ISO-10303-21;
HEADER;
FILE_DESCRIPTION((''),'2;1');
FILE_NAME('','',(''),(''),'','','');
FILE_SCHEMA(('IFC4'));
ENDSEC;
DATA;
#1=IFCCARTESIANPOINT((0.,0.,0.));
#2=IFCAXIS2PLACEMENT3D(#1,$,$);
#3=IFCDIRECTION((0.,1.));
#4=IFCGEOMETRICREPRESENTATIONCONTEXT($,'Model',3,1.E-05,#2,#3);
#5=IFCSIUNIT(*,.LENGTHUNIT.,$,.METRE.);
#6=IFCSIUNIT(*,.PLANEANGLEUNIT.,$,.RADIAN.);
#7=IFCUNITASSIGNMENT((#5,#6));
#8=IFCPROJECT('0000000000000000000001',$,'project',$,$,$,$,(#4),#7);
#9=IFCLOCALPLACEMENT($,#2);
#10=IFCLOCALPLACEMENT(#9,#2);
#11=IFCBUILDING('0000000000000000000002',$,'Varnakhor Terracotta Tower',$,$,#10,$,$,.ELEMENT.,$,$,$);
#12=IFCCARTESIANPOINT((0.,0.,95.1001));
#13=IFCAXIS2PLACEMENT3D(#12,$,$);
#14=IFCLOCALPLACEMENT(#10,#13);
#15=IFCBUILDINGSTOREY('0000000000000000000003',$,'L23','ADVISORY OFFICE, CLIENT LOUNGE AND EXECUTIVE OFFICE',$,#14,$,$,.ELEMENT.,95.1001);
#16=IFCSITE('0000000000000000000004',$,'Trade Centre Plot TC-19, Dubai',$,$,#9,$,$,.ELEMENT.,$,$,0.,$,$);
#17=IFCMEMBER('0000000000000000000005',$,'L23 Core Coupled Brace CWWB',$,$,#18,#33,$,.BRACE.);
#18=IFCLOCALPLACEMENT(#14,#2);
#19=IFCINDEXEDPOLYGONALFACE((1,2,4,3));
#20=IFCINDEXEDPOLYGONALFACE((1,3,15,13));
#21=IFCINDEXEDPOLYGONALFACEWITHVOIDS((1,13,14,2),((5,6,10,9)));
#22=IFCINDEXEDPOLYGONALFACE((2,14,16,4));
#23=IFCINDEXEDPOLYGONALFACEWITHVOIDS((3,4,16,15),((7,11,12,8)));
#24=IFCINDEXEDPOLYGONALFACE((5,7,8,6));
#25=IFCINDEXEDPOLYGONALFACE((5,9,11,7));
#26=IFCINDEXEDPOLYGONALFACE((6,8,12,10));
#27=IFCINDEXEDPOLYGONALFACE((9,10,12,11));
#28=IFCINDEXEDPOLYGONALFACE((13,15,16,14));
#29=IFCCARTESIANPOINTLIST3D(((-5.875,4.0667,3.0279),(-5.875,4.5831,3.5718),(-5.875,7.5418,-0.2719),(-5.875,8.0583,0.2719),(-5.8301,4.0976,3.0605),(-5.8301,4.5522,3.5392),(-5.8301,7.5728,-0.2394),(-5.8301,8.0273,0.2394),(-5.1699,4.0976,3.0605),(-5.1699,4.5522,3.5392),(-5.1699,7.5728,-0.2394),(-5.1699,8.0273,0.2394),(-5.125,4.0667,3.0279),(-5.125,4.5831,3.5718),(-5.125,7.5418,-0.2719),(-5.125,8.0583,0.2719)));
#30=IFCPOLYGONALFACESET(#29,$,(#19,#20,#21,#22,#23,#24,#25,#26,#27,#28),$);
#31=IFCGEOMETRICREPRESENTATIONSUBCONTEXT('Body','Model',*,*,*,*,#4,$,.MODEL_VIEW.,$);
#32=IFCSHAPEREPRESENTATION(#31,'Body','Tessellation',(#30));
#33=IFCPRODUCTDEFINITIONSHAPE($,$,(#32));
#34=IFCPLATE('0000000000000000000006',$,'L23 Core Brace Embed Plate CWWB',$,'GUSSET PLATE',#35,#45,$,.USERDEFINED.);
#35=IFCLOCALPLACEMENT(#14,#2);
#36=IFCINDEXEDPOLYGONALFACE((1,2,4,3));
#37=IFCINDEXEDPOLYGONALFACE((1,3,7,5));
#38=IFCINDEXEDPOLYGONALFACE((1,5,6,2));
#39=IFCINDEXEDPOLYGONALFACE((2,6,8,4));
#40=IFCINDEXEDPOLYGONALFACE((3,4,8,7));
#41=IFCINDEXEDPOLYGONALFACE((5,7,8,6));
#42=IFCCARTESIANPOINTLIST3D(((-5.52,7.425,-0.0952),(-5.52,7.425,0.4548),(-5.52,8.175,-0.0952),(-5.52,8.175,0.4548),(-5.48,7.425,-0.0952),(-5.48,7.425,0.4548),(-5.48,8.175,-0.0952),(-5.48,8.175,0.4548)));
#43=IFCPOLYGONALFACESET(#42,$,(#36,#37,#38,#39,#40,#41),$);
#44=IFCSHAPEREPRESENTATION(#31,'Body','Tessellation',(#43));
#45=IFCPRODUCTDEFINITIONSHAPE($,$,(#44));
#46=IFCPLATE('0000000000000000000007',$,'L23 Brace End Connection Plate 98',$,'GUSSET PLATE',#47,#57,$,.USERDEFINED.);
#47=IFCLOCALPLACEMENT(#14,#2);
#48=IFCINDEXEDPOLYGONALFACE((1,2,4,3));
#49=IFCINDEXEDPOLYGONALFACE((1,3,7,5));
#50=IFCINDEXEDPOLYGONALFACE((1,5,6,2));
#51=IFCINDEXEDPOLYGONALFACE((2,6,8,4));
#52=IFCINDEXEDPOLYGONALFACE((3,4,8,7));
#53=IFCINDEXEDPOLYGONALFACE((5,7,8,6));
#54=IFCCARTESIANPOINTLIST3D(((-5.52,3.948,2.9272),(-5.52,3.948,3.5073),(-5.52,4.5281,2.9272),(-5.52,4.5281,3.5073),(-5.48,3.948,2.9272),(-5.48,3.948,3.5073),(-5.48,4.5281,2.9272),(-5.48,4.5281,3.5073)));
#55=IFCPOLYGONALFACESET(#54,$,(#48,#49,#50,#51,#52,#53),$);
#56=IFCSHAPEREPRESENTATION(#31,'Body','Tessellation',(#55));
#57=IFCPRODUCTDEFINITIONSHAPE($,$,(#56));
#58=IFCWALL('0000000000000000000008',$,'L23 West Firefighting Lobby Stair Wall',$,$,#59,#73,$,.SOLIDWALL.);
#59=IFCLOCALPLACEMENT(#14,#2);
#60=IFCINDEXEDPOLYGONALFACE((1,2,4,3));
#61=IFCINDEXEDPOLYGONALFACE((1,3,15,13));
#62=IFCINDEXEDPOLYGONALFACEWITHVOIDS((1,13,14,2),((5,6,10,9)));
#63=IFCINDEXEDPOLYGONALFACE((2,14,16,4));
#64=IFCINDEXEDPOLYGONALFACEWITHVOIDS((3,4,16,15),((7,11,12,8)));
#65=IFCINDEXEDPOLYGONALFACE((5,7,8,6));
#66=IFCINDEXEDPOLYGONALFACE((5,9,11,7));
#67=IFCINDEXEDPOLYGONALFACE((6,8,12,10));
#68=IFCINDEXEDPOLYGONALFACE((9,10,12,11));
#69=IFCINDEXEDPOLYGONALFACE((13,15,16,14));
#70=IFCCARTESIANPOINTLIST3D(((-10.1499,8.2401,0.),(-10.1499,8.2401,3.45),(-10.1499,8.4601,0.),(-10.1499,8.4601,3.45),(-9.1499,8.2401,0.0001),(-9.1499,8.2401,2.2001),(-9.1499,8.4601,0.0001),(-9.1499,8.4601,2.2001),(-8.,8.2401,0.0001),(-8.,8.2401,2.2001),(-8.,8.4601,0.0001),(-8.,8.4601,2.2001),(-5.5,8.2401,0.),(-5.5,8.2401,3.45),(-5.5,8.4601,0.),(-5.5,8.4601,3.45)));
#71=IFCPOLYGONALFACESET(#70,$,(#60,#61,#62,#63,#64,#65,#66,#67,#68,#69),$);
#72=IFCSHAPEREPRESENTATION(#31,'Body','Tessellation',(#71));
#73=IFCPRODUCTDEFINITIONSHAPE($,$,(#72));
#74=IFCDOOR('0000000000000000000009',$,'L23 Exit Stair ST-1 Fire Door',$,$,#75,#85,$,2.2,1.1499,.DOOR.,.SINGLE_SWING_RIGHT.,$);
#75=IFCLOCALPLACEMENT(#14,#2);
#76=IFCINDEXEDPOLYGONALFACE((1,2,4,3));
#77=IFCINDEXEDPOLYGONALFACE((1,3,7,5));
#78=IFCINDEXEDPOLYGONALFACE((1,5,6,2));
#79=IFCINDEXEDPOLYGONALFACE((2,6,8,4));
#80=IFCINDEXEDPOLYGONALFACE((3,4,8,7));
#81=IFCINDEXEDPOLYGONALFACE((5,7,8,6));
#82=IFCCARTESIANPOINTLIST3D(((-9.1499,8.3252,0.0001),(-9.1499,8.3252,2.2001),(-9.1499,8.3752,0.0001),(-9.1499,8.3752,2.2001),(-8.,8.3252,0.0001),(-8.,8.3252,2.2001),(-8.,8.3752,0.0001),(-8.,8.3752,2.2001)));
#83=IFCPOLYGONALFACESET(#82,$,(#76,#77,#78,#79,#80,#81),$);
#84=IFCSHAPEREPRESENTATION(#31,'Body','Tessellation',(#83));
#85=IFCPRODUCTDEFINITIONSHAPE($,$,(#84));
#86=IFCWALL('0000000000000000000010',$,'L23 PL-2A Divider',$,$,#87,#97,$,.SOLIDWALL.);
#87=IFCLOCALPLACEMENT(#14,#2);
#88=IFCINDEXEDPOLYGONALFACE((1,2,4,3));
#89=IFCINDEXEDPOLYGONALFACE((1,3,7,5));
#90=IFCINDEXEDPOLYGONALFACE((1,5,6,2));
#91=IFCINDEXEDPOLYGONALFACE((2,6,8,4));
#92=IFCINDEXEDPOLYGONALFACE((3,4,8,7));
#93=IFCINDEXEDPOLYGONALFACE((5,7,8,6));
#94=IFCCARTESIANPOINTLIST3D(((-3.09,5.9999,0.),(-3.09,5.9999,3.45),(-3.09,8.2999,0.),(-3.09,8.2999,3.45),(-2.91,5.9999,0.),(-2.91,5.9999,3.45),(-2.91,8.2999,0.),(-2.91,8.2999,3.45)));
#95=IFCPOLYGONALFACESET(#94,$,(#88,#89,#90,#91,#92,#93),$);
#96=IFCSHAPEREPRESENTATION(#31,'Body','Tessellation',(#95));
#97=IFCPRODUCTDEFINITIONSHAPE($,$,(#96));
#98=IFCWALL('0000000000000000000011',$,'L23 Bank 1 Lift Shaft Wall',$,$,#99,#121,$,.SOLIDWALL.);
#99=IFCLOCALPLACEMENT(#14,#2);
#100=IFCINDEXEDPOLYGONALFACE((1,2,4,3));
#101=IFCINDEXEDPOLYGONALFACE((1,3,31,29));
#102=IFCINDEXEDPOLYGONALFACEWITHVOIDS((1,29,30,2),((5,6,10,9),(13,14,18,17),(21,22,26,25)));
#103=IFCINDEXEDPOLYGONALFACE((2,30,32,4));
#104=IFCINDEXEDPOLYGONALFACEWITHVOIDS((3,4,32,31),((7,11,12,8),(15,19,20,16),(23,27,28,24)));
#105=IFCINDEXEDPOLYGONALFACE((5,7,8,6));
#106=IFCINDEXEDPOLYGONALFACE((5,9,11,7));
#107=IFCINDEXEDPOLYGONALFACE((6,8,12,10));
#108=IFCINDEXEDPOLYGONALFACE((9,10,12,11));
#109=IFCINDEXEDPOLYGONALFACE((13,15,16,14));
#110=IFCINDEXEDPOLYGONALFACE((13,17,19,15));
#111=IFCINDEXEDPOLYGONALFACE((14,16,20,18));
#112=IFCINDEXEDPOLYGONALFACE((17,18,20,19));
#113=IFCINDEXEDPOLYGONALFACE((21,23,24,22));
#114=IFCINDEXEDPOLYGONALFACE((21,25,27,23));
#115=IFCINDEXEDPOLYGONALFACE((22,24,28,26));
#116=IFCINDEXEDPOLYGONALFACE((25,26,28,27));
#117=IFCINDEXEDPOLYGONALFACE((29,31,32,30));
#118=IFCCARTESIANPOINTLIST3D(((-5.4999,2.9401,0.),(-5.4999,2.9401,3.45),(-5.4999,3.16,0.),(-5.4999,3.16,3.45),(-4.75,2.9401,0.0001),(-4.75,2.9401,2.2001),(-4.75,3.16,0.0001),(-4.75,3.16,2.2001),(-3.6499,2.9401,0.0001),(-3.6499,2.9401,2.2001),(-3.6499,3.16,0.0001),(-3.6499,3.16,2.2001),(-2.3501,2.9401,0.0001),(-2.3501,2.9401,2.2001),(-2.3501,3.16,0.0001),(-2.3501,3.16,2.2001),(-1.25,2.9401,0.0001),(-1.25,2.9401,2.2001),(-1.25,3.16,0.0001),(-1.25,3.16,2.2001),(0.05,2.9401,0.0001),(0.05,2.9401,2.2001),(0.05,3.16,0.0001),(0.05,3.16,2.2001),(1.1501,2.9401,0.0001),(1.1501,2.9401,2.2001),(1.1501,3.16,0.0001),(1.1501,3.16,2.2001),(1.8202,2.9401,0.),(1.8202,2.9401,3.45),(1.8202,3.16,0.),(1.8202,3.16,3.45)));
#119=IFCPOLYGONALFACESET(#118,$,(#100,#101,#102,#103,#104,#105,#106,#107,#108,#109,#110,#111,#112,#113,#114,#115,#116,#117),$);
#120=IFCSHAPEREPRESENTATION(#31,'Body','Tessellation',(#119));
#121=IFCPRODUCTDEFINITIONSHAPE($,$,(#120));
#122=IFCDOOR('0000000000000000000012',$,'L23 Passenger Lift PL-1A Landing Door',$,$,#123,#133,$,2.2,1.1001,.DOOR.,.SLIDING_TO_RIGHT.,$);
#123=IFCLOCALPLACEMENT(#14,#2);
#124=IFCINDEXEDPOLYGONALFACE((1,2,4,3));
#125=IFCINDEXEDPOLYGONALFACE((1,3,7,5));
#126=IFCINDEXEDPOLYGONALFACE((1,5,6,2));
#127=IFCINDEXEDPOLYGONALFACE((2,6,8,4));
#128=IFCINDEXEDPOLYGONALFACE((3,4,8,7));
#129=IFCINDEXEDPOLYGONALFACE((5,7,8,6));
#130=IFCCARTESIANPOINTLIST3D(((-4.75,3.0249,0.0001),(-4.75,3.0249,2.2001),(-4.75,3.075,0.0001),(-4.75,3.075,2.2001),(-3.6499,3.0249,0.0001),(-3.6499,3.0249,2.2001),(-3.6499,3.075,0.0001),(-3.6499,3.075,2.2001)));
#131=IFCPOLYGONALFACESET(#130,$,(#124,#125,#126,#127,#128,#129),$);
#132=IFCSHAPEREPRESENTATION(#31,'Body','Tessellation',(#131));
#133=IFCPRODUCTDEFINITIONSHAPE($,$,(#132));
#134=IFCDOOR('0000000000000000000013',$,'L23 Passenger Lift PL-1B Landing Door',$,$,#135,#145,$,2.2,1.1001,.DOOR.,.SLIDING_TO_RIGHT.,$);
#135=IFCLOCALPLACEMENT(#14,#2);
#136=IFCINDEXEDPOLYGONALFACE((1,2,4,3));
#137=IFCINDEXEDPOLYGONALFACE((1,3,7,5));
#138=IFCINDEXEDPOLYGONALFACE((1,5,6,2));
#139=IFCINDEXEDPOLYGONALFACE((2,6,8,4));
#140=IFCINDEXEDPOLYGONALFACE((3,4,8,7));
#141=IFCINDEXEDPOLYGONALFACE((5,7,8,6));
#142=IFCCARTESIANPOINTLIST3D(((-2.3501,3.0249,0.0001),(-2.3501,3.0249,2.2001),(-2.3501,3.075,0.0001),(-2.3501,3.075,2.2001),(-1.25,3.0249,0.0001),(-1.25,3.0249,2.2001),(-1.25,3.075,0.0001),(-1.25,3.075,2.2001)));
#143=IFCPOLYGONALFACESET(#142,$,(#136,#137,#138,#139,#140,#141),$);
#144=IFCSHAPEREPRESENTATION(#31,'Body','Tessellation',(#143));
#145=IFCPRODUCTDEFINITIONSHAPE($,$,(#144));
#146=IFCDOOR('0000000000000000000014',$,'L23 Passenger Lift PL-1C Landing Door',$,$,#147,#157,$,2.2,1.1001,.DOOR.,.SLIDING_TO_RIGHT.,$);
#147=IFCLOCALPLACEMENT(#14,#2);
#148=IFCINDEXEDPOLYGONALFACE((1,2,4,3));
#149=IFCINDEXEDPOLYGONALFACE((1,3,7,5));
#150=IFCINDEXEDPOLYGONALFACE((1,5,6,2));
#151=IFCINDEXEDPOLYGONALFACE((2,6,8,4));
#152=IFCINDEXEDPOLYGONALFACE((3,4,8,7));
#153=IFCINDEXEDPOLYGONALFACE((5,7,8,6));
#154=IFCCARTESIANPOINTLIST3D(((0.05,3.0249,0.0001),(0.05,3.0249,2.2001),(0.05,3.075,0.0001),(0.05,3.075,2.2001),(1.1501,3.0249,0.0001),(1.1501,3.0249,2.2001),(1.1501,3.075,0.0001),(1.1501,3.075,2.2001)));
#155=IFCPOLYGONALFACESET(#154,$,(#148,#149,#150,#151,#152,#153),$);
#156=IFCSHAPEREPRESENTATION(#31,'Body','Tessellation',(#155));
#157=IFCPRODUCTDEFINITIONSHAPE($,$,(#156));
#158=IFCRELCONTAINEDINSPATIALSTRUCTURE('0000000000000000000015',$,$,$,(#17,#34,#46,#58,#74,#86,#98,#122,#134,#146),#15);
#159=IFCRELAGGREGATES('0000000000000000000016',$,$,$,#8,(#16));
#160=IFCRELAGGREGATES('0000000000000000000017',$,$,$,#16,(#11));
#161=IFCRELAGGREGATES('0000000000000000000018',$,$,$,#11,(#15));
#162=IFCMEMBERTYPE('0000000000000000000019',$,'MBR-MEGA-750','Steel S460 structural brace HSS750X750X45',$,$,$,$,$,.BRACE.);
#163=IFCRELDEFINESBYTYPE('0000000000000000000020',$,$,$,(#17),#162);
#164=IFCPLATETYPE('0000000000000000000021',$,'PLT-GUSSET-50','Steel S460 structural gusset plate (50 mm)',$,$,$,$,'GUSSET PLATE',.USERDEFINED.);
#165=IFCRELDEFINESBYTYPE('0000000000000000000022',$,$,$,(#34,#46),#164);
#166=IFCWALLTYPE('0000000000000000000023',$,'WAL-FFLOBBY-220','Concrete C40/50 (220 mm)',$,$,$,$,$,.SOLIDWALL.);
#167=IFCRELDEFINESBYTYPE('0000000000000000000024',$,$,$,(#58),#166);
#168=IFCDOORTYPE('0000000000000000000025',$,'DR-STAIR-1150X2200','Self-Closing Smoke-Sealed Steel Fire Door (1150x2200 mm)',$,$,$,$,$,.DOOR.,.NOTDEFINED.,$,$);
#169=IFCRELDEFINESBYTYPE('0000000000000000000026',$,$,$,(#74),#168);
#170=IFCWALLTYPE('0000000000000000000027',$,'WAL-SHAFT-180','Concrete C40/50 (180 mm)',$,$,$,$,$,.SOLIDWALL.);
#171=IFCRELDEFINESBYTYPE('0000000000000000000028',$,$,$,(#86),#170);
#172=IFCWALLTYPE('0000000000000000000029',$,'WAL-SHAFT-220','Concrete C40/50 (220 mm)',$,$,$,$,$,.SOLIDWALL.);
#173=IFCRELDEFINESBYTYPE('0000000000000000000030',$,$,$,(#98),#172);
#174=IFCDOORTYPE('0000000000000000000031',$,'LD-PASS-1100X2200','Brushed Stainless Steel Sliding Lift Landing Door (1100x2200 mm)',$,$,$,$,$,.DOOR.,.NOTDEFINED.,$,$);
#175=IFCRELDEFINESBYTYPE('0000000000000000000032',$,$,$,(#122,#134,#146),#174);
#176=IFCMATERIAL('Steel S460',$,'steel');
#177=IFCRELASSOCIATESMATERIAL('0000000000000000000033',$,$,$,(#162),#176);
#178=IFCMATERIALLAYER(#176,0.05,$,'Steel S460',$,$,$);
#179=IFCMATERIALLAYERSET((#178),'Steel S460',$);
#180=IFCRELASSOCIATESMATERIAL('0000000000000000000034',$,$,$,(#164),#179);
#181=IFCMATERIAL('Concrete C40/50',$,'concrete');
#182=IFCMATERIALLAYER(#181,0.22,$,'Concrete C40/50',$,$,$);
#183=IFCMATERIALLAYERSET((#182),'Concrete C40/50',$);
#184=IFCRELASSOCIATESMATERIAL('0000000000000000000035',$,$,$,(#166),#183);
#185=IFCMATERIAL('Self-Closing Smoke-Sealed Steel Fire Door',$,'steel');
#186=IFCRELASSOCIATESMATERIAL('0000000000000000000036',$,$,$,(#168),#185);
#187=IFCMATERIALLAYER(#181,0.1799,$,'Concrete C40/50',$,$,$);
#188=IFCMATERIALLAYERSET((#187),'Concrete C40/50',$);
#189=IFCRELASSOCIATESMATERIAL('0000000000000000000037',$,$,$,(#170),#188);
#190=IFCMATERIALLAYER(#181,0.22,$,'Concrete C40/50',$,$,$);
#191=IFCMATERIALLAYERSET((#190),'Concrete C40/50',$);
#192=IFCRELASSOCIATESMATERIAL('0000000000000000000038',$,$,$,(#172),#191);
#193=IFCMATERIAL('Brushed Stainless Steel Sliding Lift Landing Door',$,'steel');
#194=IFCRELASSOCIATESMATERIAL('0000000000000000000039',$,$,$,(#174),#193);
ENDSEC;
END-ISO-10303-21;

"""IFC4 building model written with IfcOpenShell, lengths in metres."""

from ifc_helpers import new_model, si_unit, direction, frame, frame_2d, origin, origin_2d, place, context, subcontext, project, spatial, rectangle, hollow_rectangle, extrude, source, transform, mapped, material, layer, layer_set, material_profile, profile_set, type_object, type_shapes, element, fill, save


model = new_model("IFC4")

# Units and contexts
model_context = context("Model", 3, precision=1e-05, world=origin(), true_north=direction((0.0, 1.0)))
body_context = subcontext(model_context, "Body", "Model", "MODEL_VIEW")
ifc_project = project(units=[si_unit("LENGTHUNIT", "METRE"), si_unit("PLANEANGLEUNIT", "RADIAN")], contexts=[model_context])

# Site, building, storey
site_placement = place(None, origin())
site = spatial("IfcSite", under=ifc_project, at=site_placement, Name="Trade Centre Plot TC-19, Dubai", CompositionType="ELEMENT", RefElevation=0.0)
building_placement = place(site_placement, origin())
building = spatial("IfcBuilding", under=site, at=building_placement, Name="Varnakhor Terracotta Tower", CompositionType="ELEMENT")
storey_placement = place(building_placement, frame((0.0, 0.0, 95.1001)))
storey = spatial("IfcBuildingStorey", under=building, at=storey_placement, Name="L23", Description="ADVISORY OFFICE, CLIENT LOUNGE AND EXECUTIVE OFFICE", CompositionType="ELEMENT", Elevation=95.1001)

# Member
ifc_material_1 = material(Name="Steel S460", Category="steel")
ifc_material_profile = material_profile(ifc_material_1, hollow_rectangle(XDim=0.75, YDim=0.75, WallThickness=0.0449, at=origin_2d()), Name="HSS750X750X45")
ifc_profile_set = profile_set([ifc_material_profile], Name="Steel S460")
member_type = type_object("IfcMemberType", Name="MBR-MEGA-750", Description="Steel S460 structural brace HSS750X750X45", PredefinedType="BRACE", material=ifc_profile_set)
shared_shape_1 = source(origin(), body_context, "Body", "SweptSolid", [
    extrude(hollow_rectangle(XDim=0.75, YDim=0.75, WallThickness=0.0449, at=origin_2d()), origin(), (0.0, 0.0, 1.0), 4.7922),
])
member_placement = place(storey_placement, frame((-5.5, 7.8, 0.0), z_axis=(0.0, -0.72516, 0.688581), x_axis=(1.0, 0.0, 0.0)))
element("IfcMember", 1, at=member_placement, inside=storey, type_object=member_type, Name="L23 Core Coupled Brace CWWB", PredefinedType="BRACE", context=body_context, shape_type="MappedRepresentation", body=[
    mapped(shared_shape_1, transform((0.0, 0.0, 0.0), scale=1.0)),
])

# Plates
ifc_layer_1 = layer(ifc_material_1, 0.05, Name="Steel S460")
ifc_layer_set_1 = layer_set([ifc_layer_1], Name="Steel S460")
plate_type = type_object("IfcPlateType", Name="PLT-GUSSET-50", Description="Steel S460 structural gusset plate (50 mm)", ElementType="GUSSET PLATE", PredefinedType="USERDEFINED", material=ifc_layer_set_1)
shared_shape_2 = source(origin(), body_context, "Body", "SweptSolid", [
    extrude(rectangle(XDim=0.75, YDim=0.04, at=origin_2d()), origin(), (0.0, 0.0, 1.0), 0.55),
])
type_shapes(plate_type, [shared_shape_2])
plate_1_placement = place(storey_placement, frame((-5.5, 7.8, -0.0952), z_axis=(0.0, 0.0, 1.0), x_axis=(0.0, 1.0, 0.0)))
element("IfcPlate", 2, at=plate_1_placement, inside=storey, type_object=plate_type, Name="L23 Core Brace Embed Plate CWWB", ObjectType="GUSSET PLATE", PredefinedType="USERDEFINED", context=body_context, shape_type="MappedRepresentation", body=[
    mapped(shared_shape_2, transform((0.0, 0.0, 0.0), scale=1.0)),
])
shared_shape_3 = source(origin(), body_context, "Body", "SweptSolid", [
    extrude(rectangle(XDim=0.5801, YDim=0.04, at=origin_2d()), origin(), (0.0, 0.0, 1.0), 0.5801),
])
plate_2_placement = place(storey_placement, frame((-5.5, 4.238, 2.9272), z_axis=(0.0, 0.0, 1.0), x_axis=(0.0, 1.0, 0.0)))
element("IfcPlate", 3, at=plate_2_placement, inside=storey, type_object=plate_type, Name="L23 Brace End Connection Plate 98", ObjectType="GUSSET PLATE", PredefinedType="USERDEFINED", context=body_context, shape_type="MappedRepresentation", body=[
    mapped(shared_shape_3, transform((0.0, 0.0, 0.0), scale=1.0)),
])

# Wall, opening, door
ifc_material_2 = material(Name="Concrete C40/50", Category="concrete")
ifc_layer_2 = layer(ifc_material_2, 0.22, Name="Concrete C40/50")
ifc_layer_set_2 = layer_set([ifc_layer_2], Name="Concrete C40/50")
wall_type_1 = type_object("IfcWallType", Name="WAL-FFLOBBY-220", Description="Concrete C40/50 (220 mm)", PredefinedType="SOLIDWALL", material=ifc_layer_set_2)
wall_1_placement = place(storey_placement, frame((-5.5, 8.3501, 0.0), z_axis=(0.0, 0.0, 1.0), x_axis=(-1.0, 0.0, 0.0)))
wall_1 = element("IfcWall", 4, at=wall_1_placement, inside=storey, type_object=wall_type_1, Name="L23 West Firefighting Lobby Stair Wall", PredefinedType="SOLIDWALL", context=body_context, shape_type="SweptSolid", body=[
    extrude(rectangle(XDim=4.6499, YDim=0.22, at=frame_2d((2.325, 0.0))), origin(), (0.0, 0.0, 1.0), 3.45),
])
opening_1_placement = place(wall_1_placement, frame((2.5, 0.0, 0.0)))
opening_1 = element("IfcOpeningElement", 5, at=opening_1_placement, cuts=wall_1, PredefinedType="OPENING", context=body_context, shape_type="SweptSolid", body=[
    extrude(rectangle(XDim=1.1499, YDim=2.2, at=frame_2d((0.575, 1.1001))), frame((0.0, 0.1201, 0.0), z_axis=(0.0, -1.0, 0.0), x_axis=(1.0, 0.0, 0.0)), (0.0, 0.0, 1.0), 0.24),
])
ifc_material_3 = material(Name="Self-Closing Smoke-Sealed Steel Fire Door", Category="steel")
door_type_1 = type_object("IfcDoorType", Name="DR-STAIR-1150X2200", Description="Self-Closing Smoke-Sealed Steel Fire Door (1150x2200 mm)", OperationType="NOTDEFINED", PredefinedType="DOOR", material=ifc_material_3)
shared_shape_4 = source(origin(), body_context, "Body", "SweptSolid", [
    extrude(rectangle(XDim=1.1499, YDim=2.2, at=frame_2d((0.575, 1.1001))), frame((0.0, 0.0249, 0.0), z_axis=(0.0, -1.0, 0.0), x_axis=(1.0, 0.0, 0.0)), (0.0, 0.0, 1.0), 0.05),
])
type_shapes(door_type_1, [shared_shape_4])
door_1_placement = place(opening_1_placement, origin())
door_1 = element("IfcDoor", 6, at=door_1_placement, inside=storey, type_object=door_type_1, Name="L23 Exit Stair ST-1 Fire Door", OperationType="SINGLE_SWING_RIGHT", OverallHeight=2.2, OverallWidth=1.1499, PredefinedType="DOOR", context=body_context, shape_type="MappedRepresentation", body=[
    mapped(shared_shape_4, transform((0.0, 0.0, 0.0), scale=1.0)),
])
fill(opening_1, door_1)

# Wall
ifc_layer_3 = layer(ifc_material_2, 0.1799, Name="Concrete C40/50")
ifc_layer_set_3 = layer_set([ifc_layer_3], Name="Concrete C40/50")
wall_type_2 = type_object("IfcWallType", Name="WAL-SHAFT-180", Description="Concrete C40/50 (180 mm)", PredefinedType="SOLIDWALL", material=ifc_layer_set_3)
wall_2_placement = place(storey_placement, frame((-3.0, 6.0, 0.0), z_axis=(0.0, 0.0, 1.0), x_axis=(0.0, 1.0, 0.0)))
element("IfcWall", 7, at=wall_2_placement, inside=storey, type_object=wall_type_2, Name="L23 PL-2A Divider", PredefinedType="SOLIDWALL", context=body_context, shape_type="SweptSolid", body=[
    extrude(rectangle(XDim=2.3, YDim=0.1799, at=frame_2d((1.1499, 0.0))), origin(), (0.0, 0.0, 1.0), 3.45),
])

# Wall, openings, doors
ifc_layer_4 = layer(ifc_material_2, 0.22, Name="Concrete C40/50")
ifc_layer_set_4 = layer_set([ifc_layer_4], Name="Concrete C40/50")
wall_type_3 = type_object("IfcWallType", Name="WAL-SHAFT-220", Description="Concrete C40/50 (220 mm)", PredefinedType="SOLIDWALL", material=ifc_layer_set_4)
wall_3_placement = place(storey_placement, frame((-5.5, 3.05, 0.0), z_axis=(0.0, 0.0, 1.0), x_axis=(1.0, 0.0, 0.0)))
wall_3 = element("IfcWall", 8, at=wall_3_placement, inside=storey, type_object=wall_type_3, Name="L23 Bank 1 Lift Shaft Wall", PredefinedType="SOLIDWALL", context=body_context, shape_type="SweptSolid", body=[
    extrude(rectangle(XDim=7.3201, YDim=0.22, at=frame_2d((3.6602, 0.0))), origin(), (0.0, 0.0, 1.0), 3.45),
])
opening_2_placement = place(wall_3_placement, frame((0.75, 0.0, 0.0)))
opening_2 = element("IfcOpeningElement", 9, at=opening_2_placement, cuts=wall_3, PredefinedType="OPENING", context=body_context, shape_type="SweptSolid", body=[
    extrude(rectangle(XDim=1.1001, YDim=2.2, at=frame_2d((0.55, 1.1001))), frame((0.0, 0.1201, 0.0), z_axis=(0.0, -1.0, 0.0), x_axis=(1.0, 0.0, 0.0)), (0.0, 0.0, 1.0), 0.24),
])
opening_3_placement = place(wall_3_placement, frame((3.1499, 0.0, 0.0)))
opening_3 = element("IfcOpeningElement", 10, at=opening_3_placement, cuts=wall_3, PredefinedType="OPENING", context=body_context, shape_type="SweptSolid", body=[
    extrude(rectangle(XDim=1.1001, YDim=2.2, at=frame_2d((0.55, 1.1001))), frame((0.0, 0.1201, 0.0), z_axis=(0.0, -1.0, 0.0), x_axis=(1.0, 0.0, 0.0)), (0.0, 0.0, 1.0), 0.24),
])
opening_4_placement = place(wall_3_placement, frame((5.55, 0.0, 0.0)))
opening_4 = element("IfcOpeningElement", 11, at=opening_4_placement, cuts=wall_3, PredefinedType="OPENING", context=body_context, shape_type="SweptSolid", body=[
    extrude(rectangle(XDim=1.1001, YDim=2.2, at=frame_2d((0.55, 1.1001))), frame((0.0, 0.1201, 0.0), z_axis=(0.0, -1.0, 0.0), x_axis=(1.0, 0.0, 0.0)), (0.0, 0.0, 1.0), 0.24),
])
ifc_material_4 = material(Name="Brushed Stainless Steel Sliding Lift Landing Door", Category="steel")
door_type_2 = type_object("IfcDoorType", Name="LD-PASS-1100X2200", Description="Brushed Stainless Steel Sliding Lift Landing Door (1100x2200 mm)", OperationType="NOTDEFINED", PredefinedType="DOOR", material=ifc_material_4)
shared_shape_5 = source(origin(), body_context, "Body", "SweptSolid", [
    extrude(rectangle(XDim=1.1001, YDim=2.2, at=frame_2d((0.55, 1.1001))), frame((0.0, 0.0249, 0.0), z_axis=(0.0, -1.0, 0.0), x_axis=(1.0, 0.0, 0.0)), (0.0, 0.0, 1.0), 0.05),
])
type_shapes(door_type_2, [shared_shape_5])
door_2_placement = place(opening_2_placement, origin())
door_2 = element("IfcDoor", 12, at=door_2_placement, inside=storey, type_object=door_type_2, Name="L23 Passenger Lift PL-1A Landing Door", OperationType="SLIDING_TO_RIGHT", OverallHeight=2.2, OverallWidth=1.1001, PredefinedType="DOOR", context=body_context, shape_type="MappedRepresentation", body=[
    mapped(shared_shape_5, transform((0.0, 0.0, 0.0), scale=1.0)),
])
fill(opening_2, door_2)
door_3_placement = place(opening_3_placement, origin())
door_3 = element("IfcDoor", 13, at=door_3_placement, inside=storey, type_object=door_type_2, Name="L23 Passenger Lift PL-1B Landing Door", OperationType="SLIDING_TO_RIGHT", OverallHeight=2.2, OverallWidth=1.1001, PredefinedType="DOOR", context=body_context, shape_type="MappedRepresentation", body=[
    mapped(shared_shape_5, transform((0.0, 0.0, 0.0), scale=1.0)),
])
fill(opening_3, door_3)
door_4_placement = place(opening_4_placement, origin())
door_4 = element("IfcDoor", 14, at=door_4_placement, inside=storey, type_object=door_type_2, Name="L23 Passenger Lift PL-1C Landing Door", OperationType="SLIDING_TO_RIGHT", OverallHeight=2.2, OverallWidth=1.1001, PredefinedType="DOOR", context=body_context, shape_type="MappedRepresentation", body=[
    mapped(shared_shape_5, transform((0.0, 0.0, 0.0), scale=1.0)),
])
fill(opening_4, door_4)

save(model, "model.ifc")
